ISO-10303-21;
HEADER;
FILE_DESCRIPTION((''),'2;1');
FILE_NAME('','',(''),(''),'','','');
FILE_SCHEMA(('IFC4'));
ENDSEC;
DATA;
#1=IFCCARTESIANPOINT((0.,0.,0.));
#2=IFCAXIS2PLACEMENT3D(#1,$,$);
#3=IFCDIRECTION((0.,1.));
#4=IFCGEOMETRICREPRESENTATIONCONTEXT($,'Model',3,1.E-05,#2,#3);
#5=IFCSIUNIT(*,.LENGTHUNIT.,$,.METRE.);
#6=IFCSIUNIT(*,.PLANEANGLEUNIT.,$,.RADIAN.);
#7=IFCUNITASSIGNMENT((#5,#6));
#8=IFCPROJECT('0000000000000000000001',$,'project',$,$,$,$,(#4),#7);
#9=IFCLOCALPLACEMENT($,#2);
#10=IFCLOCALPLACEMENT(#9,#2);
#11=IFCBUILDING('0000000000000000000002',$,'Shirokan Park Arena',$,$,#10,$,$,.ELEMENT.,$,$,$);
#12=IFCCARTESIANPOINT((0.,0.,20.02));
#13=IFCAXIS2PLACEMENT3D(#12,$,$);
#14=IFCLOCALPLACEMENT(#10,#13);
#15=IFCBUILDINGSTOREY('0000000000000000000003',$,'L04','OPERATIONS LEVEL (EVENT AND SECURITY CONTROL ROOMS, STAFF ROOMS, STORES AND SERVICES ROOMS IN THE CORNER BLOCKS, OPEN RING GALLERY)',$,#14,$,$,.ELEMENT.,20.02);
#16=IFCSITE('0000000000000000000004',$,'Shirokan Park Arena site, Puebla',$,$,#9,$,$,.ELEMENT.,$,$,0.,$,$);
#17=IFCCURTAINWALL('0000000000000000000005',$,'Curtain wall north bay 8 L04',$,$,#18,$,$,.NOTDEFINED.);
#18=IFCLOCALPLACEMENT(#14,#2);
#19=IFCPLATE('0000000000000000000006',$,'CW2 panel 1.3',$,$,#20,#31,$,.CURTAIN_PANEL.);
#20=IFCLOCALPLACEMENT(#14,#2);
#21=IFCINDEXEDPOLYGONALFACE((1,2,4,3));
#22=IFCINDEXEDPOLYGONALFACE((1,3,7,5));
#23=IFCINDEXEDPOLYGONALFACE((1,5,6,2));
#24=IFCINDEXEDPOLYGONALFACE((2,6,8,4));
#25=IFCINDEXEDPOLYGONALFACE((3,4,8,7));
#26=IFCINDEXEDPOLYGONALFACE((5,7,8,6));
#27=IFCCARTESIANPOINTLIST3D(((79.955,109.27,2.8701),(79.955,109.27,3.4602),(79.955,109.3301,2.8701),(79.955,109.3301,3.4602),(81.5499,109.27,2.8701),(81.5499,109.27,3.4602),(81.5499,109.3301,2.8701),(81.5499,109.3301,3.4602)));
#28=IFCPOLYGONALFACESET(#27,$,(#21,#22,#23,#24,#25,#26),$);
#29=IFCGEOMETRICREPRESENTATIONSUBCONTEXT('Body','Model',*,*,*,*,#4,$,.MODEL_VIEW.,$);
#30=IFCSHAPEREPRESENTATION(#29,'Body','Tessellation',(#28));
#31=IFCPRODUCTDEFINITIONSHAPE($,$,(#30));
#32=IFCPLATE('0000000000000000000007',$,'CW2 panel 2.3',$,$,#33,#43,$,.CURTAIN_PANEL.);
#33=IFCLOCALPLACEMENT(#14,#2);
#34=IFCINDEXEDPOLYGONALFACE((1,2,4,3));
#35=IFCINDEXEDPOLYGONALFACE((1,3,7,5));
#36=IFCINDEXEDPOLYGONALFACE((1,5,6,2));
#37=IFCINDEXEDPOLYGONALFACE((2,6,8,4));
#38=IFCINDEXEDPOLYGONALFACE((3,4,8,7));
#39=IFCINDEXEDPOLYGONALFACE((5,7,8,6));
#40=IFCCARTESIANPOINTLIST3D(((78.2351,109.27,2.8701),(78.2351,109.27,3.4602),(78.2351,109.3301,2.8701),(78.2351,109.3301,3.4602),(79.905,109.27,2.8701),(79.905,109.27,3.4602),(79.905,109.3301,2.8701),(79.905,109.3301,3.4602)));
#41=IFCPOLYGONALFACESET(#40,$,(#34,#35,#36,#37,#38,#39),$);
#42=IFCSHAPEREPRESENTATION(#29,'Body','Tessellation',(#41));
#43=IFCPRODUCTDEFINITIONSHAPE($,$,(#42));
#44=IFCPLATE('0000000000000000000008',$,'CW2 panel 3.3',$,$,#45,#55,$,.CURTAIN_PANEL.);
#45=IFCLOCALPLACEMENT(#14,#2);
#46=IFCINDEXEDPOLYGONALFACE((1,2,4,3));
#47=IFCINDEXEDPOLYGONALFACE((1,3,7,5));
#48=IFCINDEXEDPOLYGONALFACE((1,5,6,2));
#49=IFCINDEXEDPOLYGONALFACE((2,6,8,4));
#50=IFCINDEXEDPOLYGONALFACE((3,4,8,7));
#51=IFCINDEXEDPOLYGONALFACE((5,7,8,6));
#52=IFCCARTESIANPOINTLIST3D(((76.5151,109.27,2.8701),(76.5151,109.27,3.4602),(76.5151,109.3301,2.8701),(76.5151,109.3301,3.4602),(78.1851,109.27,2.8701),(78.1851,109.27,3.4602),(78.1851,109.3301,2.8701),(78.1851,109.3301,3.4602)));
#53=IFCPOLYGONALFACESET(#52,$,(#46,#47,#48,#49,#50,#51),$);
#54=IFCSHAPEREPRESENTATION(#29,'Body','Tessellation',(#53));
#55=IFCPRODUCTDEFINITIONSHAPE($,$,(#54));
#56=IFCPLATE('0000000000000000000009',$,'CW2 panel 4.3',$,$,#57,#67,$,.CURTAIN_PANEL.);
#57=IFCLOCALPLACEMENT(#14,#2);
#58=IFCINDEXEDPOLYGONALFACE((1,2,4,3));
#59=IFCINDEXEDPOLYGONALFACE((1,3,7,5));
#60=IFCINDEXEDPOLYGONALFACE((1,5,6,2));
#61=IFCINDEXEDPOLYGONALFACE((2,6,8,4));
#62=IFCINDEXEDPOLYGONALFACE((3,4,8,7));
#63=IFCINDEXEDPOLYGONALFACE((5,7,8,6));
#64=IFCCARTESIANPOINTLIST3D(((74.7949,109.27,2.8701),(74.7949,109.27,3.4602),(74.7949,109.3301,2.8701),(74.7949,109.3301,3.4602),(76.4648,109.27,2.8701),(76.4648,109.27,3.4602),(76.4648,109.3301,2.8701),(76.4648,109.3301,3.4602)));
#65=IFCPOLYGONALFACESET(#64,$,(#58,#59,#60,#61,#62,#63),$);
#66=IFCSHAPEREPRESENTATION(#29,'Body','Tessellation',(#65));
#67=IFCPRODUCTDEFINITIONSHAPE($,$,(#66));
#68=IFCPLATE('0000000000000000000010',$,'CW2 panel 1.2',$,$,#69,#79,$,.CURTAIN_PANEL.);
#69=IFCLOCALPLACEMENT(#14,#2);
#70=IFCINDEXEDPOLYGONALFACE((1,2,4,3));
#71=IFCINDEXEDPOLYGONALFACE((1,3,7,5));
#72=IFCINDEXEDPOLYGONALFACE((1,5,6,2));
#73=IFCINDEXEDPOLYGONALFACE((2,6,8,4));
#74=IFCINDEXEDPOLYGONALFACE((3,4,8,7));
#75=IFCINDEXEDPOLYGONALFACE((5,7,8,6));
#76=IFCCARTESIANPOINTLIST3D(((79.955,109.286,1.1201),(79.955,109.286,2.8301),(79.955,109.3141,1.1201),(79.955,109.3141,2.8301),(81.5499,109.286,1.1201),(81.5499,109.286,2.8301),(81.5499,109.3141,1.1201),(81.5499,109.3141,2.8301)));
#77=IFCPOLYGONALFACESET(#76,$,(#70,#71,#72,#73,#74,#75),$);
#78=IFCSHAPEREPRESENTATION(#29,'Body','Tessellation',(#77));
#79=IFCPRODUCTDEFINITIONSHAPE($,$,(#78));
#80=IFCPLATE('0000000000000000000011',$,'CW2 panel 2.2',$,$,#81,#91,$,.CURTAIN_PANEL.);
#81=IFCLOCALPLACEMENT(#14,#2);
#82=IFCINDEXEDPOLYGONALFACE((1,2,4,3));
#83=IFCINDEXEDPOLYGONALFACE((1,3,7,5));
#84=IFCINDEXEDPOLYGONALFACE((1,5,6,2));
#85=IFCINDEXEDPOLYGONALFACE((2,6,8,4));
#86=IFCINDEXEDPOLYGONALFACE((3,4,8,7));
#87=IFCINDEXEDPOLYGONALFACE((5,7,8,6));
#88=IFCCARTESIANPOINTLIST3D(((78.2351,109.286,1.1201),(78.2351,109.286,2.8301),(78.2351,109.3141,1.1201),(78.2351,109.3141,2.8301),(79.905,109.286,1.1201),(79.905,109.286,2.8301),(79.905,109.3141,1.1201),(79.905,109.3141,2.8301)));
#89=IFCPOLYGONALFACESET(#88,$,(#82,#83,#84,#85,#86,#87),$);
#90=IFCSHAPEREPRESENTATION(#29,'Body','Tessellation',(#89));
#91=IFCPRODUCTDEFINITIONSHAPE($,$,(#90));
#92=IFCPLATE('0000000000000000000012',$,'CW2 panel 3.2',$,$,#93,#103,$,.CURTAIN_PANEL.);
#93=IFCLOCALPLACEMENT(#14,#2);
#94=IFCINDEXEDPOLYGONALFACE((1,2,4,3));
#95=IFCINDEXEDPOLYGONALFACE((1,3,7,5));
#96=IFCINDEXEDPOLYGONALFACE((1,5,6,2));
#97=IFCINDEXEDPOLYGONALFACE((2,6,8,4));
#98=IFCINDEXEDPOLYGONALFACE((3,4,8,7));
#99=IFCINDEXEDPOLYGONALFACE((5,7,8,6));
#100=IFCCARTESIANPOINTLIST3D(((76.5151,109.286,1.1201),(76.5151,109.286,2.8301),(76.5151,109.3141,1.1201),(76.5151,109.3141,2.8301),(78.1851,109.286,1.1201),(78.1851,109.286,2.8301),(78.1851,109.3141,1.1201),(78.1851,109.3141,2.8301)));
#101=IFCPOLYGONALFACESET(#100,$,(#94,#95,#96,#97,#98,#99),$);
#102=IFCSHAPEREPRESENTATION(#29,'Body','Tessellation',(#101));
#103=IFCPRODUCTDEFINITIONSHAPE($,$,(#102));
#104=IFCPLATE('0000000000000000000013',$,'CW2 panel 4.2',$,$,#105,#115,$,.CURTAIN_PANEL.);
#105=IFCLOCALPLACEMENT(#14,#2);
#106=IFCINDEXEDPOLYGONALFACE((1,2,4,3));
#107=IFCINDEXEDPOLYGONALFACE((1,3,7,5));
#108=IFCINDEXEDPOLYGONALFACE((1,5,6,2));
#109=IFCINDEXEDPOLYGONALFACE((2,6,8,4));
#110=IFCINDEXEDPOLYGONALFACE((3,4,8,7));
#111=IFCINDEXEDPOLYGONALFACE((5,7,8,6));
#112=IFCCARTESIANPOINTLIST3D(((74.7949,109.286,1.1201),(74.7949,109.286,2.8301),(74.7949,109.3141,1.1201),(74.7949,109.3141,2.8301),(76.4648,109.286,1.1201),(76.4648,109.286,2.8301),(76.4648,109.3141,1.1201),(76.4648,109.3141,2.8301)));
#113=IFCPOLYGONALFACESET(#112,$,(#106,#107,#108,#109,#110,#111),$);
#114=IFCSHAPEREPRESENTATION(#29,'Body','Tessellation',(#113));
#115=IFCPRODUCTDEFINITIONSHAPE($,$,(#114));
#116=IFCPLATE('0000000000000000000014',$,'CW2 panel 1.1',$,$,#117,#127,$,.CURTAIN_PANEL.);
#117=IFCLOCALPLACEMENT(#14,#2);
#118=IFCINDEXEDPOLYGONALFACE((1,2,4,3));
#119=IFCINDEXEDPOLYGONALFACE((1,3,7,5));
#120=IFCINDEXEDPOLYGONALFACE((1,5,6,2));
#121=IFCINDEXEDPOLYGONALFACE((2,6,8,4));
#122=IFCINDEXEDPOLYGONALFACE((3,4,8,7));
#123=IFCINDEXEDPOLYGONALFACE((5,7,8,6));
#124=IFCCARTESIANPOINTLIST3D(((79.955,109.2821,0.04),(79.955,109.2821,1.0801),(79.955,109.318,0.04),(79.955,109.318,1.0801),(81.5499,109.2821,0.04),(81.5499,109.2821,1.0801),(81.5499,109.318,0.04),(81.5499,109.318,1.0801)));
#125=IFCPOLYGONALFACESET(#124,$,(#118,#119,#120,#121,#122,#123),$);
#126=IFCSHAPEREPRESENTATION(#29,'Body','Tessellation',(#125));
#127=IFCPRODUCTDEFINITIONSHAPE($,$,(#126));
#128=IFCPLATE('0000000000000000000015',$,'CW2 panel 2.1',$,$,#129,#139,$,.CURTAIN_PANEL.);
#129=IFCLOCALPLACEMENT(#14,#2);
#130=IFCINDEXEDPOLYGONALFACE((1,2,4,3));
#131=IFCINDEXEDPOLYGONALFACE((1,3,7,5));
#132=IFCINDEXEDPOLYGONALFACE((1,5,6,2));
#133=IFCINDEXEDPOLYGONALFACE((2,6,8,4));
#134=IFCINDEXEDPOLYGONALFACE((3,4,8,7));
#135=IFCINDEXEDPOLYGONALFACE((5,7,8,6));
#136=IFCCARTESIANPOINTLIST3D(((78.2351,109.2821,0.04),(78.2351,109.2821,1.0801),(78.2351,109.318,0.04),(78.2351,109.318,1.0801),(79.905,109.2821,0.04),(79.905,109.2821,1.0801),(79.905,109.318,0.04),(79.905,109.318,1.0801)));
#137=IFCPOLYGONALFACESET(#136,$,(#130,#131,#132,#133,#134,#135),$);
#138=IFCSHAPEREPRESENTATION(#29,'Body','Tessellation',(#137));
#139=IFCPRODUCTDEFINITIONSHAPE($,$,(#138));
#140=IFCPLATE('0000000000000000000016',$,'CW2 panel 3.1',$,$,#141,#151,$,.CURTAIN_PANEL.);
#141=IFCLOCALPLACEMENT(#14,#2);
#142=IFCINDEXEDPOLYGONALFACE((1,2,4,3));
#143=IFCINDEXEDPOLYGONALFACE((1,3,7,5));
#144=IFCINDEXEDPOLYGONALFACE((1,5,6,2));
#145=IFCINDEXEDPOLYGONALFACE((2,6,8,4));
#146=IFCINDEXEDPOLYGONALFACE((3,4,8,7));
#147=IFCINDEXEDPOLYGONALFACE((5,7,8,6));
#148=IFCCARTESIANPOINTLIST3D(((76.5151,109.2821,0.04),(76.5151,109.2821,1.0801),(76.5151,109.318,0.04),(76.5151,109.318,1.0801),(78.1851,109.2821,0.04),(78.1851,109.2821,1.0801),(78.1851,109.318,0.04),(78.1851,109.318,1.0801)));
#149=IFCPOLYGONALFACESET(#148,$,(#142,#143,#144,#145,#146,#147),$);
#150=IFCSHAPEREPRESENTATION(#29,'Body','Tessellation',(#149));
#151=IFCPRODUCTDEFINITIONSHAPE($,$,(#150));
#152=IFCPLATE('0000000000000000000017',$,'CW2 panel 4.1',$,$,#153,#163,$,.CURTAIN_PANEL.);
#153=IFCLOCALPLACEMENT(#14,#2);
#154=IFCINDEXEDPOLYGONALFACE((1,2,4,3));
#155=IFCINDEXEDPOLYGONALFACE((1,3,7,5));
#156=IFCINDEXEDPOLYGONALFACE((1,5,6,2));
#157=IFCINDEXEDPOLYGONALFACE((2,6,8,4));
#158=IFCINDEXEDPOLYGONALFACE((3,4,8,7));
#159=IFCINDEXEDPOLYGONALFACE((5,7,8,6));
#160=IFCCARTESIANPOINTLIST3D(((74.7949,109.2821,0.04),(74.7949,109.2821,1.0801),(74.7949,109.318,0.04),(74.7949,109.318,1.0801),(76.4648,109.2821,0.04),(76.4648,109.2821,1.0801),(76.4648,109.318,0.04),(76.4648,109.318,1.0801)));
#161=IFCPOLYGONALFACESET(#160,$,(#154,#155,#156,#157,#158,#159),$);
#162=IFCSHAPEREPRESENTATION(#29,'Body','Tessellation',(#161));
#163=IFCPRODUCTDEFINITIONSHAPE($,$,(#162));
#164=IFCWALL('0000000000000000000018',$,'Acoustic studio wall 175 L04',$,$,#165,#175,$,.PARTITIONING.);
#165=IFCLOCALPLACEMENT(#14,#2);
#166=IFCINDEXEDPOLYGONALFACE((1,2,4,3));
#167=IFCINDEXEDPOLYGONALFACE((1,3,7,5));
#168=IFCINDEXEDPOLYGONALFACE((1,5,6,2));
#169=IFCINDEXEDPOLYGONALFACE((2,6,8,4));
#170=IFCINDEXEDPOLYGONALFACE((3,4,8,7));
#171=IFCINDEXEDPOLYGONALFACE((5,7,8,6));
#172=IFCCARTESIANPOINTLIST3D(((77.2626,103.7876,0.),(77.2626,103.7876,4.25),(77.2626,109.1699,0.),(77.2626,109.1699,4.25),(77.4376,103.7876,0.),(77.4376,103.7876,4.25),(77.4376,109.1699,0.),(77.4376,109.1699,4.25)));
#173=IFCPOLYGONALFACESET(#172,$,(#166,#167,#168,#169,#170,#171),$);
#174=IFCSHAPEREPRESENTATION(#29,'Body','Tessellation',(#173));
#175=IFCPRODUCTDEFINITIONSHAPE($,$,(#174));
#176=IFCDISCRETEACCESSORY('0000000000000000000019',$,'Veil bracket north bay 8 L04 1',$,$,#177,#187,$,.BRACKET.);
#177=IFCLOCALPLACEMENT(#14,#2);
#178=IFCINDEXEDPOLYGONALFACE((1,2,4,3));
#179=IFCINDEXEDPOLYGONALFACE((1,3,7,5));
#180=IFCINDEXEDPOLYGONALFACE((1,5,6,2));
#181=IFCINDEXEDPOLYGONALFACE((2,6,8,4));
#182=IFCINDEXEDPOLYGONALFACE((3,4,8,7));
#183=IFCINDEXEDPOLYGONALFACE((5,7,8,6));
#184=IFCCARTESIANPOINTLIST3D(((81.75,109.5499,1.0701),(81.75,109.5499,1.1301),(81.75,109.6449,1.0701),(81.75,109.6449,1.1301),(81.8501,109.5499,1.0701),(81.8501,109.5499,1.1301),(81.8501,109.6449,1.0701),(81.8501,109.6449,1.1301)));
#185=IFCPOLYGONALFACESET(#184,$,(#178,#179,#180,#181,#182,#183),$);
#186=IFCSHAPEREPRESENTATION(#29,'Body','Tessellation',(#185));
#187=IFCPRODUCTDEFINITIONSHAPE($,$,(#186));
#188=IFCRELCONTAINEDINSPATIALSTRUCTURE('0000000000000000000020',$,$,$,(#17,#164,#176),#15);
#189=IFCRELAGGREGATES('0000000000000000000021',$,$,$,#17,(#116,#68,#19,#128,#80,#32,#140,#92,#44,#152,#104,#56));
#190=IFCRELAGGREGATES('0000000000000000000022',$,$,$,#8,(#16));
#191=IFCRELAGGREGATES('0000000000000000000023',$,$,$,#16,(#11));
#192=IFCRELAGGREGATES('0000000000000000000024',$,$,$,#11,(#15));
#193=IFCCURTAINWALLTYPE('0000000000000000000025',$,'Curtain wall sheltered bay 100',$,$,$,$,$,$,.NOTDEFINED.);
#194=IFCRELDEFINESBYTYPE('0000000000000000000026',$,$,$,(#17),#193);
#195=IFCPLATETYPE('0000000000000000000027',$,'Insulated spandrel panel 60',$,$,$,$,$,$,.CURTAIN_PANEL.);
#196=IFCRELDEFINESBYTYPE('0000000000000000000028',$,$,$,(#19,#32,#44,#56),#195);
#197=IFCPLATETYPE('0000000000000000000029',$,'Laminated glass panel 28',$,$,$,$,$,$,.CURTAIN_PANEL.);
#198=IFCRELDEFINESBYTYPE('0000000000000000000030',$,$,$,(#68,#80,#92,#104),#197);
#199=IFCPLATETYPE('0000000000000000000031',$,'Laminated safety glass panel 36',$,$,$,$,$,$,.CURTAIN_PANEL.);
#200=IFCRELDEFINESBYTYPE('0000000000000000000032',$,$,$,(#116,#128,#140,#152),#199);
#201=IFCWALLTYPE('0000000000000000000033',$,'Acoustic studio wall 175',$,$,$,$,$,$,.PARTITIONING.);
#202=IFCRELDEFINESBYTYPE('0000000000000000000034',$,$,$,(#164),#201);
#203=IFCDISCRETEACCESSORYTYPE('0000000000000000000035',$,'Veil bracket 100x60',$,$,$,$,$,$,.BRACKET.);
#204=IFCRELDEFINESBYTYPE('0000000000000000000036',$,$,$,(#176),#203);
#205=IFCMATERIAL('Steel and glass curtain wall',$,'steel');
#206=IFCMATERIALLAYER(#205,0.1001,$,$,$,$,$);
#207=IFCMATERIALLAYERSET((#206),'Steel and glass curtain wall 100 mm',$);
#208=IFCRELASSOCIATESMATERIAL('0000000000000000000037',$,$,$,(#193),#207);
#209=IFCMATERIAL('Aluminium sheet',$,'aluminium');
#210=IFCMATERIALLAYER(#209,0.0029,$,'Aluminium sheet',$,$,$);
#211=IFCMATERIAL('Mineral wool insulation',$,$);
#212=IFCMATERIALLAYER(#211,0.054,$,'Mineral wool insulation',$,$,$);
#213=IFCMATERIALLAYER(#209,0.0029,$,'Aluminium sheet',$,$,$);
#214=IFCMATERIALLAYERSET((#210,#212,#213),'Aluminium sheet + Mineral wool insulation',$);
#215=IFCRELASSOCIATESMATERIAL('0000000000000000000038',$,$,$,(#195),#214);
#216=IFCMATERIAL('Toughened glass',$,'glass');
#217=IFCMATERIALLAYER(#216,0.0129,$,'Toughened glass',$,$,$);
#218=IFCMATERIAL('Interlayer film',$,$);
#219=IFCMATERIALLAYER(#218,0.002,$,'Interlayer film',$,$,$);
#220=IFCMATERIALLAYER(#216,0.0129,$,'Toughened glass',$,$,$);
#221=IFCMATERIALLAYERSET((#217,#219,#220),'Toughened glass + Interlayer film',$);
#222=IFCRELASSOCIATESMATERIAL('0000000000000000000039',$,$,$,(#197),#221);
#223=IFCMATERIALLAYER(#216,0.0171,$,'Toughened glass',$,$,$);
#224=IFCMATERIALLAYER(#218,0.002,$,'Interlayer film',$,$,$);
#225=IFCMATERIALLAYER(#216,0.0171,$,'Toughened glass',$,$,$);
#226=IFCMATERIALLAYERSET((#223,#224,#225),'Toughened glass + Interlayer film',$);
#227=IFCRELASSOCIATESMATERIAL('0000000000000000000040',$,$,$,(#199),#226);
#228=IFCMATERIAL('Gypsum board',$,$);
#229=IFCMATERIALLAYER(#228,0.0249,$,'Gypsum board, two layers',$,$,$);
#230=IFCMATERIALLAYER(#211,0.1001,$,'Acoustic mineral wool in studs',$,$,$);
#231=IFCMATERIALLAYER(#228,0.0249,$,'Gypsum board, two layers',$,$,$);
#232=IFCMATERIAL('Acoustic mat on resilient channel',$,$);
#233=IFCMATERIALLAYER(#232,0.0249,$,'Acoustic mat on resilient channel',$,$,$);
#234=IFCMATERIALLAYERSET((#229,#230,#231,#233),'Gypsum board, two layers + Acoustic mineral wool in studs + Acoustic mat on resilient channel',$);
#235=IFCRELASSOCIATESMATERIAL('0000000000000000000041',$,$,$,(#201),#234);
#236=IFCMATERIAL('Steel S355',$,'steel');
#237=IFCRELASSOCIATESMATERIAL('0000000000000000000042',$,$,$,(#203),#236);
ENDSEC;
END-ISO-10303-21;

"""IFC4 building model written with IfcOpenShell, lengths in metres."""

from ifc_helpers import new_model, si_unit, direction, frame, frame_2d, origin, origin_2d, place, context, subcontext, project, spatial, rectangle, extrude, material, layer, layer_set, type_object, element, aggregate, save


model = new_model("IFC4")

# Units and contexts
model_context = context("Model", 3, precision=1e-05, world=origin(), true_north=direction((0.0, 1.0)))
body_context = subcontext(model_context, "Body", "Model", "MODEL_VIEW")
ifc_project = project(units=[si_unit("LENGTHUNIT", "METRE"), si_unit("PLANEANGLEUNIT", "RADIAN")], contexts=[model_context])

# Site, building, storey
site_placement = place(None, origin())
site = spatial("IfcSite", under=ifc_project, at=site_placement, Name="Shirokan Park Arena site, Puebla", CompositionType="ELEMENT", RefElevation=0.0)
building_placement = place(site_placement, origin())
building = spatial("IfcBuilding", under=site, at=building_placement, Name="Shirokan Park Arena", CompositionType="ELEMENT")
storey_placement = place(building_placement, frame((0.0, 0.0, 20.02)))
storey = spatial("IfcBuildingStorey", under=building, at=storey_placement, Name="L04", Description="OPERATIONS LEVEL (EVENT AND SECURITY CONTROL ROOMS, STAFF ROOMS, STORES AND SERVICES ROOMS IN THE CORNER BLOCKS, OPEN RING GALLERY)", CompositionType="ELEMENT", Elevation=20.02)

# Curtain wall
ifc_material_1 = material(Name="Steel and glass curtain wall", Category="steel")
ifc_layer_1 = layer(ifc_material_1, 0.1001)
ifc_layer_set_1 = layer_set([ifc_layer_1], Name="Steel and glass curtain wall 100 mm")
curtain_wall_type = type_object("IfcCurtainWallType", Name="Curtain wall sheltered bay 100", PredefinedType="NOTDEFINED", material=ifc_layer_set_1)
curtain_wall_placement = place(storey_placement, origin())
curtain_wall = element("IfcCurtainWall", 1, at=curtain_wall_placement, inside=storey, type_object=curtain_wall_type, Name="Curtain wall north bay 8 L04", PredefinedType="NOTDEFINED")
ifc_material_2 = material(Name="Steel S355", Category="steel")

# Plates
ifc_material_3 = material(Name="Aluminium sheet", Category="aluminium")
ifc_layer_2 = layer(ifc_material_3, 0.0029, Name="Aluminium sheet")
ifc_material_4 = material(Name="Mineral wool insulation")
ifc_layer_3 = layer(ifc_material_4, 0.054, Name="Mineral wool insulation")
ifc_layer_4 = layer(ifc_material_3, 0.0029, Name="Aluminium sheet")
ifc_layer_set_2 = layer_set([ifc_layer_2, ifc_layer_3, ifc_layer_4], Name="Aluminium sheet + Mineral wool insulation")
plate_type_1 = type_object("IfcPlateType", Name="Insulated spandrel panel 60", PredefinedType="CURTAIN_PANEL", material=ifc_layer_set_2)
plate_1_placement = place(storey_placement, frame((80.7524, 109.3, 2.8701), z_axis=(0.0, 0.0, 1.0), x_axis=(-1.0, 0.0, 0.0)))
plate_1 = element("IfcPlate", 2, at=plate_1_placement, type_object=plate_type_1, Name="CW2 panel 1.3", PredefinedType="CURTAIN_PANEL", context=body_context, shape_type="SweptSolid", body=[
    extrude(rectangle(XDim=1.595, YDim=0.0601, at=origin_2d()), origin(), (0.0, 0.0, 1.0), 0.5901),
])
plate_2_placement = place(storey_placement, frame((79.0701, 109.3, 2.8701), z_axis=(0.0, 0.0, 1.0), x_axis=(-1.0, 0.0, 0.0)))
plate_2 = element("IfcPlate", 3, at=plate_2_placement, type_object=plate_type_1, Name="CW2 panel 2.3", PredefinedType="CURTAIN_PANEL", context=body_context, shape_type="SweptSolid", body=[
    extrude(rectangle(XDim=1.6699, YDim=0.0601, at=origin_2d()), origin(), (0.0, 0.0, 1.0), 0.5901),
])
plate_3_placement = place(storey_placement, frame((77.3501, 109.3, 2.8701), z_axis=(0.0, 0.0, 1.0), x_axis=(-1.0, 0.0, 0.0)))
plate_3 = element("IfcPlate", 4, at=plate_3_placement, type_object=plate_type_1, Name="CW2 panel 3.3", PredefinedType="CURTAIN_PANEL", context=body_context, shape_type="SweptSolid", body=[
    extrude(rectangle(XDim=1.6699, YDim=0.0601, at=origin_2d()), origin(), (0.0, 0.0, 1.0), 0.5901),
])
plate_4_placement = place(storey_placement, frame((75.6299, 109.3, 2.8701), z_axis=(0.0, 0.0, 1.0), x_axis=(-1.0, 0.0, 0.0)))
plate_4 = element("IfcPlate", 5, at=plate_4_placement, type_object=plate_type_1, Name="CW2 panel 4.3", PredefinedType="CURTAIN_PANEL", context=body_context, shape_type="SweptSolid", body=[
    extrude(rectangle(XDim=1.6699, YDim=0.0601, at=origin_2d()), origin(), (0.0, 0.0, 1.0), 0.5901),
])
ifc_material_5 = material(Name="Toughened glass", Category="glass")
ifc_layer_5 = layer(ifc_material_5, 0.0129, Name="Toughened glass")
ifc_material_6 = material(Name="Interlayer film")
ifc_layer_6 = layer(ifc_material_6, 0.002, Name="Interlayer film")
ifc_layer_7 = layer(ifc_material_5, 0.0129, Name="Toughened glass")
ifc_layer_set_3 = layer_set([ifc_layer_5, ifc_layer_6, ifc_layer_7], Name="Toughened glass + Interlayer film")
plate_type_2 = type_object("IfcPlateType", Name="Laminated glass panel 28", PredefinedType="CURTAIN_PANEL", material=ifc_layer_set_3)
plate_5_placement = place(storey_placement, frame((80.7524, 109.3, 1.1201), z_axis=(0.0, 0.0, 1.0), x_axis=(-1.0, 0.0, 0.0)))
plate_5 = element("IfcPlate", 6, at=plate_5_placement, type_object=plate_type_2, Name="CW2 panel 1.2", PredefinedType="CURTAIN_PANEL", context=body_context, shape_type="SweptSolid", body=[
    extrude(rectangle(XDim=1.595, YDim=0.0281, at=origin_2d()), origin(), (0.0, 0.0, 1.0), 1.71),
])
plate_6_placement = place(storey_placement, frame((79.0701, 109.3, 1.1201), z_axis=(0.0, 0.0, 1.0), x_axis=(-1.0, 0.0, 0.0)))
plate_6 = element("IfcPlate", 7, at=plate_6_placement, type_object=plate_type_2, Name="CW2 panel 2.2", PredefinedType="CURTAIN_PANEL", context=body_context, shape_type="SweptSolid", body=[
    extrude(rectangle(XDim=1.6699, YDim=0.0281, at=origin_2d()), origin(), (0.0, 0.0, 1.0), 1.71),
])
plate_7_placement = place(storey_placement, frame((77.3501, 109.3, 1.1201), z_axis=(0.0, 0.0, 1.0), x_axis=(-1.0, 0.0, 0.0)))
plate_7 = element("IfcPlate", 8, at=plate_7_placement, type_object=plate_type_2, Name="CW2 panel 3.2", PredefinedType="CURTAIN_PANEL", context=body_context, shape_type="SweptSolid", body=[
    extrude(rectangle(XDim=1.6699, YDim=0.0281, at=origin_2d()), origin(), (0.0, 0.0, 1.0), 1.71),
])
plate_8_placement = place(storey_placement, frame((75.6299, 109.3, 1.1201), z_axis=(0.0, 0.0, 1.0), x_axis=(-1.0, 0.0, 0.0)))
plate_8 = element("IfcPlate", 9, at=plate_8_placement, type_object=plate_type_2, Name="CW2 panel 4.2", PredefinedType="CURTAIN_PANEL", context=body_context, shape_type="SweptSolid", body=[
    extrude(rectangle(XDim=1.6699, YDim=0.0281, at=origin_2d()), origin(), (0.0, 0.0, 1.0), 1.71),
])
ifc_layer_8 = layer(ifc_material_5, 0.0171, Name="Toughened glass")
ifc_layer_9 = layer(ifc_material_6, 0.002, Name="Interlayer film")
ifc_layer_10 = layer(ifc_material_5, 0.0171, Name="Toughened glass")
ifc_layer_set_4 = layer_set([ifc_layer_8, ifc_layer_9, ifc_layer_10], Name="Toughened glass + Interlayer film")
plate_type_3 = type_object("IfcPlateType", Name="Laminated safety glass panel 36", PredefinedType="CURTAIN_PANEL", material=ifc_layer_set_4)
plate_9_placement = place(storey_placement, frame((80.7524, 109.3, 0.04), z_axis=(0.0, 0.0, 1.0), x_axis=(-1.0, 0.0, 0.0)))
plate_9 = element("IfcPlate", 10, at=plate_9_placement, type_object=plate_type_3, Name="CW2 panel 1.1", PredefinedType="CURTAIN_PANEL", context=body_context, shape_type="SweptSolid", body=[
    extrude(rectangle(XDim=1.595, YDim=0.0359, at=origin_2d()), origin(), (0.0, 0.0, 1.0), 1.04),
])
plate_10_placement = place(storey_placement, frame((79.0701, 109.3, 0.04), z_axis=(0.0, 0.0, 1.0), x_axis=(-1.0, 0.0, 0.0)))
plate_10 = element("IfcPlate", 11, at=plate_10_placement, type_object=plate_type_3, Name="CW2 panel 2.1", PredefinedType="CURTAIN_PANEL", context=body_context, shape_type="SweptSolid", body=[
    extrude(rectangle(XDim=1.6699, YDim=0.0359, at=origin_2d()), origin(), (0.0, 0.0, 1.0), 1.04),
])
plate_11_placement = place(storey_placement, frame((77.3501, 109.3, 0.04), z_axis=(0.0, 0.0, 1.0), x_axis=(-1.0, 0.0, 0.0)))
plate_11 = element("IfcPlate", 12, at=plate_11_placement, type_object=plate_type_3, Name="CW2 panel 3.1", PredefinedType="CURTAIN_PANEL", context=body_context, shape_type="SweptSolid", body=[
    extrude(rectangle(XDim=1.6699, YDim=0.0359, at=origin_2d()), origin(), (0.0, 0.0, 1.0), 1.04),
])
plate_12_placement = place(storey_placement, frame((75.6299, 109.3, 0.04), z_axis=(0.0, 0.0, 1.0), x_axis=(-1.0, 0.0, 0.0)))
plate_12 = element("IfcPlate", 13, at=plate_12_placement, type_object=plate_type_3, Name="CW2 panel 4.1", PredefinedType="CURTAIN_PANEL", context=body_context, shape_type="SweptSolid", body=[
    extrude(rectangle(XDim=1.6699, YDim=0.0359, at=origin_2d()), origin(), (0.0, 0.0, 1.0), 1.04),
])
aggregate(curtain_wall, [plate_9, plate_5, plate_1, plate_10, plate_6, plate_2, plate_11, plate_7, plate_3, plate_12, plate_8, plate_4])

# Wall
ifc_material_7 = material(Name="Gypsum board")
ifc_layer_11 = layer(ifc_material_7, 0.0249, Name="Gypsum board, two layers")
ifc_layer_12 = layer(ifc_material_4, 0.1001, Name="Acoustic mineral wool in studs")
ifc_layer_13 = layer(ifc_material_7, 0.0249, Name="Gypsum board, two layers")
ifc_material_8 = material(Name="Acoustic mat on resilient channel")
ifc_layer_14 = layer(ifc_material_8, 0.0249, Name="Acoustic mat on resilient channel")
ifc_layer_set_5 = layer_set([ifc_layer_11, ifc_layer_12, ifc_layer_13, ifc_layer_14], Name="Gypsum board, two layers + Acoustic mineral wool in studs + Acoustic mat on resilient channel")
wall_type = type_object("IfcWallType", Name="Acoustic studio wall 175", PredefinedType="PARTITIONING", material=ifc_layer_set_5)
wall_placement = place(storey_placement, frame((77.3501, 109.1699, 0.0), z_axis=(0.0, 0.0, 1.0), x_axis=(0.0, -1.0, 0.0)))
element("IfcWall", 14, at=wall_placement, inside=storey, type_object=wall_type, Name="Acoustic studio wall 175 L04", PredefinedType="PARTITIONING", context=body_context, shape_type="SweptSolid", body=[
    extrude(rectangle(XDim=5.3823, YDim=0.175, at=frame_2d((2.6912, 0.0))), origin(), (0.0, 0.0, 1.0), 4.25),
])

# Discrete accessory
discrete_accessory_type = type_object("IfcDiscreteAccessoryType", Name="Veil bracket 100x60", PredefinedType="BRACKET", material=ifc_material_2)
discrete_accessory_placement = place(storey_placement, frame((81.8, 109.5974, 1.0701), z_axis=(0.0, 0.0, 1.0), x_axis=(-1.0, 0.0, 0.0)))
element("IfcDiscreteAccessory", 15, at=discrete_accessory_placement, inside=storey, type_object=discrete_accessory_type, Name="Veil bracket north bay 8 L04 1", PredefinedType="BRACKET", context=body_context, shape_type="SweptSolid", body=[
    extrude(rectangle(XDim=0.1001, YDim=0.095, at=origin_2d()), origin(), (0.0, 0.0, 1.0), 0.0601),
])

save(model, "model.ifc")
